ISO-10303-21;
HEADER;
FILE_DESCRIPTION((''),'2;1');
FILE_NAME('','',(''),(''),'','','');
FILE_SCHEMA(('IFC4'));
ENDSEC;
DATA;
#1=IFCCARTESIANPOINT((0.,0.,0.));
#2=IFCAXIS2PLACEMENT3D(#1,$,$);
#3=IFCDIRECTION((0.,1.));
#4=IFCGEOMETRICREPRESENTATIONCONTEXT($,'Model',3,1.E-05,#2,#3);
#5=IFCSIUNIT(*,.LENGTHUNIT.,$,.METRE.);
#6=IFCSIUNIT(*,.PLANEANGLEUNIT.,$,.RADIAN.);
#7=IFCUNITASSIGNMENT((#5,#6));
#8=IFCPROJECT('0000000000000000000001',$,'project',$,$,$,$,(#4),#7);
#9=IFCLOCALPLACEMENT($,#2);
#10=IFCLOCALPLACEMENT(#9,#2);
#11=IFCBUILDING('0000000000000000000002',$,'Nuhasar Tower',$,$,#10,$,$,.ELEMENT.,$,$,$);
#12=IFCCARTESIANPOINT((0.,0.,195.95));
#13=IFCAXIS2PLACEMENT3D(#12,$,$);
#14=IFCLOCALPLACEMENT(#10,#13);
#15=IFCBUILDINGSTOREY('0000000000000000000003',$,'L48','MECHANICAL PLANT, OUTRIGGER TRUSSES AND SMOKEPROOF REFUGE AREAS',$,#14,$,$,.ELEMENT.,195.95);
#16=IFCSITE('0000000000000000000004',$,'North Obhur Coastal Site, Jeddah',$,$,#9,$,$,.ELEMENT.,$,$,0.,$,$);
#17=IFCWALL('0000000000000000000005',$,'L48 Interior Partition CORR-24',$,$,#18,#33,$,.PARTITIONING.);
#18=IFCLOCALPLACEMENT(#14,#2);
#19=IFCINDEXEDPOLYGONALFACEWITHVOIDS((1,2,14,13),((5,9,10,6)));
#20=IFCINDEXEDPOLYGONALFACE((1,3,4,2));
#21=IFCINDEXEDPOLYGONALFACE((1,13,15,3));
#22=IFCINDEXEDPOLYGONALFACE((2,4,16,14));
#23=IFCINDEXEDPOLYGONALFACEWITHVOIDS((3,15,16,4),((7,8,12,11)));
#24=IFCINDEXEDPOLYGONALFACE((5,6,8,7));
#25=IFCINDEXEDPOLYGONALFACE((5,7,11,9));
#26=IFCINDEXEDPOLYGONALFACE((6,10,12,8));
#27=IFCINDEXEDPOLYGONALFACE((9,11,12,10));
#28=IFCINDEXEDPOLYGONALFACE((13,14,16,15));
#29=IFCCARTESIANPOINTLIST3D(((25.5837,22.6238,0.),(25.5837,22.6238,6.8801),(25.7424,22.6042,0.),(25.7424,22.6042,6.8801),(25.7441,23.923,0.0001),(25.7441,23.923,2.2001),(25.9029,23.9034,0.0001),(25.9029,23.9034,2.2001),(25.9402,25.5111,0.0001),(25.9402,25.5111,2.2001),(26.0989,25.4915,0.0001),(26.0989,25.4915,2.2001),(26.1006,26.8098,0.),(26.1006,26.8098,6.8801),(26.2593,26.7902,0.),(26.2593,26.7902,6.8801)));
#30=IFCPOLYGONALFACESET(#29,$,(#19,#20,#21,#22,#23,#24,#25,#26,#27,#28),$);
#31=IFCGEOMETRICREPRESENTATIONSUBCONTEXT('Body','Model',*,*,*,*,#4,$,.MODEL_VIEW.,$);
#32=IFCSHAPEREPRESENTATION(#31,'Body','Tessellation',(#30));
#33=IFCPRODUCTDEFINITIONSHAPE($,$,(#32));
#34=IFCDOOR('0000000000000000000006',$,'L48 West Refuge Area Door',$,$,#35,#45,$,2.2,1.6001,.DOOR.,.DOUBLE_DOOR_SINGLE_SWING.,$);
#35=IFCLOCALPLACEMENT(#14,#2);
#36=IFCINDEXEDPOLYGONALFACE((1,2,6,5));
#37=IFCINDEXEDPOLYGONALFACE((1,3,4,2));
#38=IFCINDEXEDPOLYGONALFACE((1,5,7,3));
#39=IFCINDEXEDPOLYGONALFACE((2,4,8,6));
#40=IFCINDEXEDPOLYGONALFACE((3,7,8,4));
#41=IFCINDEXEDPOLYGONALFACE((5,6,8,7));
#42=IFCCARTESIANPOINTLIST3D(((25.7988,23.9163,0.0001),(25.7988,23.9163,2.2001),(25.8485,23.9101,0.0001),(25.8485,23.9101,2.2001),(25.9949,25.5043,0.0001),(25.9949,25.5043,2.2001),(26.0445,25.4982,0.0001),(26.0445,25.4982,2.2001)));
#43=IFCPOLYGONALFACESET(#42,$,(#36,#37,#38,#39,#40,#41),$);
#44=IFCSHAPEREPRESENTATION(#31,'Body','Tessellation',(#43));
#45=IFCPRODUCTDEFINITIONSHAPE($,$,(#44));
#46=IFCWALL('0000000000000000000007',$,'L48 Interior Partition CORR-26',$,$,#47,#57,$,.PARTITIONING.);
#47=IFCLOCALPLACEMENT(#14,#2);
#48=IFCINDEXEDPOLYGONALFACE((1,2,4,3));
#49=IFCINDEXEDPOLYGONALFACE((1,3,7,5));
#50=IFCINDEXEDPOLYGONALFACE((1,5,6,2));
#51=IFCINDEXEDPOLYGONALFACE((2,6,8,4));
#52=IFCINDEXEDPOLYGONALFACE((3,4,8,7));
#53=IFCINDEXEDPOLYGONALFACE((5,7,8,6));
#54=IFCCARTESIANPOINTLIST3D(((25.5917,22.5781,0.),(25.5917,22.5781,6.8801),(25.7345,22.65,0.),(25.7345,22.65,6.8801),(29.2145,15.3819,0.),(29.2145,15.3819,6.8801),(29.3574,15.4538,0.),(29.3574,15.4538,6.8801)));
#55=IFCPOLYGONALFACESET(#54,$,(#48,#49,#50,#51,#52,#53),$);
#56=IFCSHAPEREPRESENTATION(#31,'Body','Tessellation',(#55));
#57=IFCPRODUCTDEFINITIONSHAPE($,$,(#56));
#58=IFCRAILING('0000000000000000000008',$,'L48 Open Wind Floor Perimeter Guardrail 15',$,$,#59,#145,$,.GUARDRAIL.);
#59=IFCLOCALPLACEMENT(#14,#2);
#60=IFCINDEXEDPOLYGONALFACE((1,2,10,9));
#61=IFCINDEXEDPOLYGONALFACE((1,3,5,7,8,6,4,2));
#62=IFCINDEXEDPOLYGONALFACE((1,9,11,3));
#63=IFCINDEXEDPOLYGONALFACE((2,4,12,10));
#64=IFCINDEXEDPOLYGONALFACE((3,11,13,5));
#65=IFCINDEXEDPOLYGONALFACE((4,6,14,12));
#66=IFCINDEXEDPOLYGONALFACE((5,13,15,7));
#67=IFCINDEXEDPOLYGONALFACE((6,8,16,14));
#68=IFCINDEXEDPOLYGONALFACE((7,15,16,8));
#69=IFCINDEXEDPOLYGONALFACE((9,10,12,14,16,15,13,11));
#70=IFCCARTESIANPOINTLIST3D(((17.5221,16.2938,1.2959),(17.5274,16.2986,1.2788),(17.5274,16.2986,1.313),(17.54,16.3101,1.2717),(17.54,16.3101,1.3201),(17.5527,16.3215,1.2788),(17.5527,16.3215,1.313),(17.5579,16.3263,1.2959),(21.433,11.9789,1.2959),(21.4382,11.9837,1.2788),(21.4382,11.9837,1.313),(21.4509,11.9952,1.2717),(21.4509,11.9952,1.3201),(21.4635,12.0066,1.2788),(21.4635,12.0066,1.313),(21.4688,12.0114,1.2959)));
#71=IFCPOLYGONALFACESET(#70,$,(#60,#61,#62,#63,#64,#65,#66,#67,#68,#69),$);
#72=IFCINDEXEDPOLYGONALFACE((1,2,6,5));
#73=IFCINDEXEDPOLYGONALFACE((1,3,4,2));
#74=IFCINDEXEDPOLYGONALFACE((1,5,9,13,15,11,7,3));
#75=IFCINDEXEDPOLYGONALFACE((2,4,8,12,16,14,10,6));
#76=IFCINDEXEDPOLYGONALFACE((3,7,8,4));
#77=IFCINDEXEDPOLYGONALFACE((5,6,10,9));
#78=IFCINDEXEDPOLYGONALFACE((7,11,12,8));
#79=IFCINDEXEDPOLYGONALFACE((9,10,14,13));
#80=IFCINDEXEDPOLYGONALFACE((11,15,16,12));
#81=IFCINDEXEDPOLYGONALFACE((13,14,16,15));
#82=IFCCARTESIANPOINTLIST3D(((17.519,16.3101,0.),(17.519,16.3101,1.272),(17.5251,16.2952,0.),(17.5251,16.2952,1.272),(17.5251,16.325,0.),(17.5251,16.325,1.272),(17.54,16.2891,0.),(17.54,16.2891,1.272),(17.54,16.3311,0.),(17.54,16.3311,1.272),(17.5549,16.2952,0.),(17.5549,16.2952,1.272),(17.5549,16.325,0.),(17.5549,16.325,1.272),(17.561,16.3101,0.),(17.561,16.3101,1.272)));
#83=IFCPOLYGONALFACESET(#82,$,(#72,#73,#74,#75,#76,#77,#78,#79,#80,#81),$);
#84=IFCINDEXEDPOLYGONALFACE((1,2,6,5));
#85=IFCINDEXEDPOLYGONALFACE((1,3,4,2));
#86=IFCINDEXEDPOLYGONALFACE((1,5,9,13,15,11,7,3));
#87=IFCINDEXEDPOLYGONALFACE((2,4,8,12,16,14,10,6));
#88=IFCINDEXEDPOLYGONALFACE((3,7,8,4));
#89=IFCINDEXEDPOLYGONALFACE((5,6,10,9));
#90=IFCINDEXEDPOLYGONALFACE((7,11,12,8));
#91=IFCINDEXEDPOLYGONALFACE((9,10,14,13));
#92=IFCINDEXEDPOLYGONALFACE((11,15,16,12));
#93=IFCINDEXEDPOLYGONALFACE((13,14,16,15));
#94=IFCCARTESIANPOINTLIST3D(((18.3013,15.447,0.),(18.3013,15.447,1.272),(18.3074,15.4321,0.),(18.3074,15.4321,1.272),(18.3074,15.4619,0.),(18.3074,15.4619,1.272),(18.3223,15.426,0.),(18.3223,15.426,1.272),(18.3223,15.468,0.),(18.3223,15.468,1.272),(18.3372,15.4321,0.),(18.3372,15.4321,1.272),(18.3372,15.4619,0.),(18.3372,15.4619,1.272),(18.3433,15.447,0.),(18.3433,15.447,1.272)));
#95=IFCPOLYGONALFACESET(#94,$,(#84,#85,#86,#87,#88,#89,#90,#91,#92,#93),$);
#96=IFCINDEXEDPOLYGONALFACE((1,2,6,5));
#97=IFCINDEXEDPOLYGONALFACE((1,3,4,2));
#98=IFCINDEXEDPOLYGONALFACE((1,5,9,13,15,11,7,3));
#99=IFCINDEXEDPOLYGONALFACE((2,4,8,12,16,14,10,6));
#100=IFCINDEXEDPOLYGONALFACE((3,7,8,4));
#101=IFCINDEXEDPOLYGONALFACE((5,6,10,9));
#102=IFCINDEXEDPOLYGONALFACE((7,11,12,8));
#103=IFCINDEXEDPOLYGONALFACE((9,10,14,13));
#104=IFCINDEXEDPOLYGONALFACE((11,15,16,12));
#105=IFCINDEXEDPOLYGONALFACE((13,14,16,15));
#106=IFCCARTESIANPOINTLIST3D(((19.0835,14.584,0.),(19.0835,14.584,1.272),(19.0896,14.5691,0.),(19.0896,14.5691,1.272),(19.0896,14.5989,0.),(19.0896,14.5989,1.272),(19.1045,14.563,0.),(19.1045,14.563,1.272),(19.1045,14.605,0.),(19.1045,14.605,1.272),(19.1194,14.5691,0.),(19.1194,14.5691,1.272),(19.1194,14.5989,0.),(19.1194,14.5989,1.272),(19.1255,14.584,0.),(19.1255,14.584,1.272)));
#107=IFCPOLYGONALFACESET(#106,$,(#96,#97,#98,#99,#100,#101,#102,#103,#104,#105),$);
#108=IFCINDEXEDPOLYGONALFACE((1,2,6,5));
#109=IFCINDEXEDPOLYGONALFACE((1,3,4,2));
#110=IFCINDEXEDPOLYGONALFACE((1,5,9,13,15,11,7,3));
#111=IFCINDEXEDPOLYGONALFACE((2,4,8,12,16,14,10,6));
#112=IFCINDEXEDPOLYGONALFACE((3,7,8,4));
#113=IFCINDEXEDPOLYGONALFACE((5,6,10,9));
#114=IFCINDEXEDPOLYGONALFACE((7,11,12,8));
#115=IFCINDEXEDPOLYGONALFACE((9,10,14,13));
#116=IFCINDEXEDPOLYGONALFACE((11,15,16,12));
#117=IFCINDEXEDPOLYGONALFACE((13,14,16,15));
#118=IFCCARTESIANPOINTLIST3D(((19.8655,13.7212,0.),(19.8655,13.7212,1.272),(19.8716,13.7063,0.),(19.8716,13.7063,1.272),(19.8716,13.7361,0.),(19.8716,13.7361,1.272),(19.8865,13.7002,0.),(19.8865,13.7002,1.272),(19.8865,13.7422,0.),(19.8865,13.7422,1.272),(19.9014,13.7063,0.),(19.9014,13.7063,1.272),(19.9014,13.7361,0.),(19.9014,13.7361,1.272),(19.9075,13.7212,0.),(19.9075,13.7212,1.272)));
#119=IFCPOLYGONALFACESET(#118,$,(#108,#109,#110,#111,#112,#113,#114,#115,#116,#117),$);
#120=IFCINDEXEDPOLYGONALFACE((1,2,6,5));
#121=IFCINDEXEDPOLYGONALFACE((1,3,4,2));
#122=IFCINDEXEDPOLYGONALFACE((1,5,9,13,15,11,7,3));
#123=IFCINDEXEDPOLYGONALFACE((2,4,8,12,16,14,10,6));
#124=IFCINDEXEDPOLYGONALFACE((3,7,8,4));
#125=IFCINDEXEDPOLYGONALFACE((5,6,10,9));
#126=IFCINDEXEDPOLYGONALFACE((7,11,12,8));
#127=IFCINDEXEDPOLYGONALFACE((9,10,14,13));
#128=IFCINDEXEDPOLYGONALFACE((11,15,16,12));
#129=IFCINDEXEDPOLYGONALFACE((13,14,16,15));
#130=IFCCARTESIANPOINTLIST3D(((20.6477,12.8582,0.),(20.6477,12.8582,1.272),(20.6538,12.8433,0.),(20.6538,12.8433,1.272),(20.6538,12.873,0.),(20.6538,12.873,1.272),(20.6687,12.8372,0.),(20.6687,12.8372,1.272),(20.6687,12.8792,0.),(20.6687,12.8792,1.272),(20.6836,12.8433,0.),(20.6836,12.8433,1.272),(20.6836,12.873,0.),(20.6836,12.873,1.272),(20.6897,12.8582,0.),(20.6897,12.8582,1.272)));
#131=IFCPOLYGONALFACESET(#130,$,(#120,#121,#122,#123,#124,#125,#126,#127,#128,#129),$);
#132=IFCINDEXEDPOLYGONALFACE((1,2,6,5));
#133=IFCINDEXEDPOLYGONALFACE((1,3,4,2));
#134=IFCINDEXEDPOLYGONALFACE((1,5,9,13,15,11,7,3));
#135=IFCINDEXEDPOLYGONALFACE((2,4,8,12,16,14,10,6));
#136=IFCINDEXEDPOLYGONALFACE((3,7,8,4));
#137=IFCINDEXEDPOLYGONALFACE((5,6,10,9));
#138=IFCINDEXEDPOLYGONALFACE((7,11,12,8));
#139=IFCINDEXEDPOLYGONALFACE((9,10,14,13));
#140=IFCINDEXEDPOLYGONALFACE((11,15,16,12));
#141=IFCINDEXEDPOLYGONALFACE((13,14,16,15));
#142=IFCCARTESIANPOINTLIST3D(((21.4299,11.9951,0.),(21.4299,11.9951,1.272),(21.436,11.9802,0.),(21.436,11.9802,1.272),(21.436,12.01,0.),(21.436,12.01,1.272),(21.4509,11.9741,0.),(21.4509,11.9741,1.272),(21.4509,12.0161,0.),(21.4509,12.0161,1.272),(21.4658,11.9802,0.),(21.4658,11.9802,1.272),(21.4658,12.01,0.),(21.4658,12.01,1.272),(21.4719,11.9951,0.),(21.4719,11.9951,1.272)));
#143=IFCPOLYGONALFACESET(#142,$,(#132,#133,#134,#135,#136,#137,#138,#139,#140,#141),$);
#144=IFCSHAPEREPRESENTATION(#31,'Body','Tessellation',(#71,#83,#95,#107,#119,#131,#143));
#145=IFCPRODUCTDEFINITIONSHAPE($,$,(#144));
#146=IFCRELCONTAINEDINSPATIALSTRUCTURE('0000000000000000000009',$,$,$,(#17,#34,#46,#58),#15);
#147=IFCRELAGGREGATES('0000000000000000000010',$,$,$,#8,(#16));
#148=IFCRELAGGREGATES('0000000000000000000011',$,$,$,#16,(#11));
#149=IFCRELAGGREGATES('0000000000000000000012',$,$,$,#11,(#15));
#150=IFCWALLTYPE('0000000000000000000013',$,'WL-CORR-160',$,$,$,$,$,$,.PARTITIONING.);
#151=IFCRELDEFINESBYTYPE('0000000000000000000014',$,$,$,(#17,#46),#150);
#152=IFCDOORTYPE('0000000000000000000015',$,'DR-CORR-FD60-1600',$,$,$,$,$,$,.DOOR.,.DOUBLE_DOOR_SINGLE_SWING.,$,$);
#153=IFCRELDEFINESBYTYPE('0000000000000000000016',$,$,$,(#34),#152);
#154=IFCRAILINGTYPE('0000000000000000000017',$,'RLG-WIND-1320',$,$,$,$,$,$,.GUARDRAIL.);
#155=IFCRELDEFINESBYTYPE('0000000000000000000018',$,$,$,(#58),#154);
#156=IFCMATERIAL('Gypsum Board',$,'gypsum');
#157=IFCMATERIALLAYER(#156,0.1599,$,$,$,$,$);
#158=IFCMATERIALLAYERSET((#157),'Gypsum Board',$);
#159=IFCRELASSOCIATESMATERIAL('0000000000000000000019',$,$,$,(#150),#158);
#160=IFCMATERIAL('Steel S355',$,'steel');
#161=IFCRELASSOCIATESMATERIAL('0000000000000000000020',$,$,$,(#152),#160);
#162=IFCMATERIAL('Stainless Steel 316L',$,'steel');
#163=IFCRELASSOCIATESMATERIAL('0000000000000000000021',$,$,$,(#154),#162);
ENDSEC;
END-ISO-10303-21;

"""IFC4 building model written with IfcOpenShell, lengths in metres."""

from ifc_helpers import new_model, si_unit, direction, frame, frame_2d, origin, place, context, subcontext, project, spatial, polyline, rectangle, outline, extrude, material, layer, layer_set, type_object, element, fill, save


model = new_model("IFC4")

# Units and contexts
model_context = context("Model", 3, precision=1e-05, world=origin(), true_north=direction((0.0, 1.0)))
body_context = subcontext(model_context, "Body", "Model", "MODEL_VIEW")
ifc_project = project(units=[si_unit("LENGTHUNIT", "METRE"), si_unit("PLANEANGLEUNIT", "RADIAN")], contexts=[model_context])

# Site, building, storey
site_placement = place(None, origin())
site = spatial("IfcSite", under=ifc_project, at=site_placement, Name="North Obhur Coastal Site, Jeddah", CompositionType="ELEMENT", RefElevation=0.0)
building_placement = place(site_placement, origin())
building = spatial("IfcBuilding", under=site, at=building_placement, Name="Nuhasar Tower", CompositionType="ELEMENT")
storey_placement = place(building_placement, frame((0.0, 0.0, 195.95)))
storey = spatial("IfcBuildingStorey", under=building, at=storey_placement, Name="L48", Description="MECHANICAL PLANT, OUTRIGGER TRUSSES AND SMOKEPROOF REFUGE AREAS", CompositionType="ELEMENT", Elevation=195.95)

# Shared definitions
ifc_material_1 = material(Name="Steel S355", Category="steel")

# Wall, opening, door
ifc_material_2 = material(Name="Gypsum Board", Category="gypsum")
ifc_layer_1 = layer(ifc_material_2, 0.1599)
ifc_layer_set_1 = layer_set([ifc_layer_1], Name="Gypsum Board")
wall_type = type_object("IfcWallType", Name="WL-CORR-160", PredefinedType="PARTITIONING", material=ifc_layer_set_1)
wall_1_placement = place(storey_placement, frame((25.6631, 22.614, 0.0), z_axis=(0.0, 0.0, 1.0), x_axis=(0.122539, 0.992464, 0.0)))
wall_1 = element("IfcWall", 1, at=wall_1_placement, inside=storey, type_object=wall_type, Name="L48 Interior Partition CORR-24", PredefinedType="PARTITIONING", context=body_context, shape_type="SweptSolid", body=[
    extrude(rectangle(XDim=4.2178, YDim=0.1599, at=frame_2d((2.1089, 0.0))), origin(), (0.0, 0.0, 1.0), 6.8801),
])
opening_placement = place(wall_1_placement, frame((1.3091, 0.0, 0.0)))
opening = element("IfcOpeningElement", 2, at=opening_placement, cuts=wall_1, PredefinedType="OPENING", context=body_context, shape_type="SweptSolid", body=[
    extrude(rectangle(XDim=1.6001, YDim=2.2, at=frame_2d((0.8, 1.1001))), frame((0.0, 0.0898, 0.0), z_axis=(0.0, -1.0, 0.0), x_axis=(1.0, 0.0, 0.0)), (0.0, 0.0, 1.0), 0.1799),
])
door_type = type_object("IfcDoorType", Name="DR-CORR-FD60-1600", OperationType="DOUBLE_DOOR_SINGLE_SWING", PredefinedType="DOOR", material=ifc_material_1)
door_placement = place(opening_placement, origin())
door = element("IfcDoor", 3, at=door_placement, inside=storey, type_object=door_type, Name="L48 West Refuge Area Door", OperationType="DOUBLE_DOOR_SINGLE_SWING", OverallHeight=2.2, OverallWidth=1.6001, PredefinedType="DOOR", context=body_context, shape_type="SweptSolid", body=[
    extrude(rectangle(XDim=1.6001, YDim=2.2, at=frame_2d((0.8, 1.1001))), frame((0.0, 0.0249, 0.0), z_axis=(0.0, -1.0, 0.0), x_axis=(1.0, 0.0, 0.0)), (0.0, 0.0, 1.0), 0.05),
])
fill(opening, door)

# Wall
wall_2_placement = place(storey_placement, frame((25.6631, 22.614, 0.0), z_axis=(0.0, 0.0, 1.0), x_axis=(0.449673, -0.893193, 0.0)))
element("IfcWall", 4, at=wall_2_placement, inside=storey, type_object=wall_type, Name="L48 Interior Partition CORR-26", PredefinedType="PARTITIONING", context=body_context, shape_type="SweptSolid", body=[
    extrude(rectangle(XDim=8.0566, YDim=0.1599, at=frame_2d((4.0283, 0.0))), origin(), (0.0, 0.0, 1.0), 6.8801),
])

# Railing
ifc_material_3 = material(Name="Stainless Steel 316L", Category="steel")
railing_type = type_object("IfcRailingType", Name="RLG-WIND-1320", PredefinedType="GUARDRAIL", material=ifc_material_3)
railing_1_placement = place(storey_placement, frame((17.54, 16.3101, 0.0)))
element("IfcRailing", 5, at=railing_1_placement, inside=storey, type_object=railing_type, Name="L48 Open Wind Floor Perimeter Guardrail 15", PredefinedType="GUARDRAIL", context=body_context, shape_type="SweptSolid", body=[
    extrude(outline(polyline([(0.0242, 0.0), (0.0171, 0.0171), (0.0, 0.0242), (-0.0171, 0.0171), (-0.0242, 0.0), (-0.0171, -0.0171), (0.0, -0.0242), (0.0171, -0.0171), (0.0242, 0.0)])), frame((0.0, 0.0, 1.2959), z_axis=(0.671564, -0.740947, 0.0), x_axis=(0.740947, 0.671564, 0.0)), (0.0, 0.0, 1.0), 5.8235),
    extrude(outline(polyline([(0.021, 0.0), (0.0149, 0.0149), (0.0, 0.021), (-0.0149, 0.0149), (-0.021, 0.0), (-0.0149, -0.0149), (0.0, -0.021), (0.0149, -0.0149), (0.021, 0.0)])), origin(), (0.0, 0.0, 1.0), 1.272),
    extrude(outline(polyline([(0.021, 0.0), (0.0149, 0.0149), (0.0, 0.021), (-0.0149, 0.0149), (-0.021, 0.0), (-0.0149, -0.0149), (0.0, -0.021), (0.0149, -0.0149), (0.021, 0.0)])), frame((0.7822, -0.863, 0.0)), (0.0, 0.0, 1.0), 1.272),
    extrude(outline(polyline([(0.021, 0.0), (0.0149, 0.0149), (0.0, 0.021), (-0.0149, 0.0149), (-0.021, 0.0), (-0.0149, -0.0149), (0.0, -0.021), (0.0149, -0.0149), (0.021, 0.0)])), frame((1.5645, -1.7261, 0.0)), (0.0, 0.0, 1.0), 1.272),
    extrude(outline(polyline([(0.021, 0.0), (0.0149, 0.0149), (0.0, 0.021), (-0.0149, 0.0149), (-0.021, 0.0), (-0.0149, -0.0149), (0.0, -0.021), (0.0149, -0.0149), (0.021, 0.0)])), frame((2.3464, -2.5889, 0.0)), (0.0, 0.0, 1.0), 1.272),
    extrude(outline(polyline([(0.021, 0.0), (0.0149, 0.0149), (0.0, 0.021), (-0.0149, 0.0149), (-0.021, 0.0), (-0.0149, -0.0149), (0.0, -0.021), (0.0149, -0.0149), (0.021, 0.0)])), frame((3.1287, -3.4519, 0.0)), (0.0, 0.0, 1.0), 1.272),
    extrude(outline(polyline([(0.021, 0.0), (0.0149, 0.0149), (0.0, 0.021), (-0.0149, 0.0149), (-0.021, 0.0), (-0.0149, -0.0149), (0.0, -0.021), (0.0149, -0.0149), (0.021, 0.0)])), frame((3.9109, -4.3149, 0.0)), (0.0, 0.0, 1.0), 1.272),
])

save(model, "model.ifc")
